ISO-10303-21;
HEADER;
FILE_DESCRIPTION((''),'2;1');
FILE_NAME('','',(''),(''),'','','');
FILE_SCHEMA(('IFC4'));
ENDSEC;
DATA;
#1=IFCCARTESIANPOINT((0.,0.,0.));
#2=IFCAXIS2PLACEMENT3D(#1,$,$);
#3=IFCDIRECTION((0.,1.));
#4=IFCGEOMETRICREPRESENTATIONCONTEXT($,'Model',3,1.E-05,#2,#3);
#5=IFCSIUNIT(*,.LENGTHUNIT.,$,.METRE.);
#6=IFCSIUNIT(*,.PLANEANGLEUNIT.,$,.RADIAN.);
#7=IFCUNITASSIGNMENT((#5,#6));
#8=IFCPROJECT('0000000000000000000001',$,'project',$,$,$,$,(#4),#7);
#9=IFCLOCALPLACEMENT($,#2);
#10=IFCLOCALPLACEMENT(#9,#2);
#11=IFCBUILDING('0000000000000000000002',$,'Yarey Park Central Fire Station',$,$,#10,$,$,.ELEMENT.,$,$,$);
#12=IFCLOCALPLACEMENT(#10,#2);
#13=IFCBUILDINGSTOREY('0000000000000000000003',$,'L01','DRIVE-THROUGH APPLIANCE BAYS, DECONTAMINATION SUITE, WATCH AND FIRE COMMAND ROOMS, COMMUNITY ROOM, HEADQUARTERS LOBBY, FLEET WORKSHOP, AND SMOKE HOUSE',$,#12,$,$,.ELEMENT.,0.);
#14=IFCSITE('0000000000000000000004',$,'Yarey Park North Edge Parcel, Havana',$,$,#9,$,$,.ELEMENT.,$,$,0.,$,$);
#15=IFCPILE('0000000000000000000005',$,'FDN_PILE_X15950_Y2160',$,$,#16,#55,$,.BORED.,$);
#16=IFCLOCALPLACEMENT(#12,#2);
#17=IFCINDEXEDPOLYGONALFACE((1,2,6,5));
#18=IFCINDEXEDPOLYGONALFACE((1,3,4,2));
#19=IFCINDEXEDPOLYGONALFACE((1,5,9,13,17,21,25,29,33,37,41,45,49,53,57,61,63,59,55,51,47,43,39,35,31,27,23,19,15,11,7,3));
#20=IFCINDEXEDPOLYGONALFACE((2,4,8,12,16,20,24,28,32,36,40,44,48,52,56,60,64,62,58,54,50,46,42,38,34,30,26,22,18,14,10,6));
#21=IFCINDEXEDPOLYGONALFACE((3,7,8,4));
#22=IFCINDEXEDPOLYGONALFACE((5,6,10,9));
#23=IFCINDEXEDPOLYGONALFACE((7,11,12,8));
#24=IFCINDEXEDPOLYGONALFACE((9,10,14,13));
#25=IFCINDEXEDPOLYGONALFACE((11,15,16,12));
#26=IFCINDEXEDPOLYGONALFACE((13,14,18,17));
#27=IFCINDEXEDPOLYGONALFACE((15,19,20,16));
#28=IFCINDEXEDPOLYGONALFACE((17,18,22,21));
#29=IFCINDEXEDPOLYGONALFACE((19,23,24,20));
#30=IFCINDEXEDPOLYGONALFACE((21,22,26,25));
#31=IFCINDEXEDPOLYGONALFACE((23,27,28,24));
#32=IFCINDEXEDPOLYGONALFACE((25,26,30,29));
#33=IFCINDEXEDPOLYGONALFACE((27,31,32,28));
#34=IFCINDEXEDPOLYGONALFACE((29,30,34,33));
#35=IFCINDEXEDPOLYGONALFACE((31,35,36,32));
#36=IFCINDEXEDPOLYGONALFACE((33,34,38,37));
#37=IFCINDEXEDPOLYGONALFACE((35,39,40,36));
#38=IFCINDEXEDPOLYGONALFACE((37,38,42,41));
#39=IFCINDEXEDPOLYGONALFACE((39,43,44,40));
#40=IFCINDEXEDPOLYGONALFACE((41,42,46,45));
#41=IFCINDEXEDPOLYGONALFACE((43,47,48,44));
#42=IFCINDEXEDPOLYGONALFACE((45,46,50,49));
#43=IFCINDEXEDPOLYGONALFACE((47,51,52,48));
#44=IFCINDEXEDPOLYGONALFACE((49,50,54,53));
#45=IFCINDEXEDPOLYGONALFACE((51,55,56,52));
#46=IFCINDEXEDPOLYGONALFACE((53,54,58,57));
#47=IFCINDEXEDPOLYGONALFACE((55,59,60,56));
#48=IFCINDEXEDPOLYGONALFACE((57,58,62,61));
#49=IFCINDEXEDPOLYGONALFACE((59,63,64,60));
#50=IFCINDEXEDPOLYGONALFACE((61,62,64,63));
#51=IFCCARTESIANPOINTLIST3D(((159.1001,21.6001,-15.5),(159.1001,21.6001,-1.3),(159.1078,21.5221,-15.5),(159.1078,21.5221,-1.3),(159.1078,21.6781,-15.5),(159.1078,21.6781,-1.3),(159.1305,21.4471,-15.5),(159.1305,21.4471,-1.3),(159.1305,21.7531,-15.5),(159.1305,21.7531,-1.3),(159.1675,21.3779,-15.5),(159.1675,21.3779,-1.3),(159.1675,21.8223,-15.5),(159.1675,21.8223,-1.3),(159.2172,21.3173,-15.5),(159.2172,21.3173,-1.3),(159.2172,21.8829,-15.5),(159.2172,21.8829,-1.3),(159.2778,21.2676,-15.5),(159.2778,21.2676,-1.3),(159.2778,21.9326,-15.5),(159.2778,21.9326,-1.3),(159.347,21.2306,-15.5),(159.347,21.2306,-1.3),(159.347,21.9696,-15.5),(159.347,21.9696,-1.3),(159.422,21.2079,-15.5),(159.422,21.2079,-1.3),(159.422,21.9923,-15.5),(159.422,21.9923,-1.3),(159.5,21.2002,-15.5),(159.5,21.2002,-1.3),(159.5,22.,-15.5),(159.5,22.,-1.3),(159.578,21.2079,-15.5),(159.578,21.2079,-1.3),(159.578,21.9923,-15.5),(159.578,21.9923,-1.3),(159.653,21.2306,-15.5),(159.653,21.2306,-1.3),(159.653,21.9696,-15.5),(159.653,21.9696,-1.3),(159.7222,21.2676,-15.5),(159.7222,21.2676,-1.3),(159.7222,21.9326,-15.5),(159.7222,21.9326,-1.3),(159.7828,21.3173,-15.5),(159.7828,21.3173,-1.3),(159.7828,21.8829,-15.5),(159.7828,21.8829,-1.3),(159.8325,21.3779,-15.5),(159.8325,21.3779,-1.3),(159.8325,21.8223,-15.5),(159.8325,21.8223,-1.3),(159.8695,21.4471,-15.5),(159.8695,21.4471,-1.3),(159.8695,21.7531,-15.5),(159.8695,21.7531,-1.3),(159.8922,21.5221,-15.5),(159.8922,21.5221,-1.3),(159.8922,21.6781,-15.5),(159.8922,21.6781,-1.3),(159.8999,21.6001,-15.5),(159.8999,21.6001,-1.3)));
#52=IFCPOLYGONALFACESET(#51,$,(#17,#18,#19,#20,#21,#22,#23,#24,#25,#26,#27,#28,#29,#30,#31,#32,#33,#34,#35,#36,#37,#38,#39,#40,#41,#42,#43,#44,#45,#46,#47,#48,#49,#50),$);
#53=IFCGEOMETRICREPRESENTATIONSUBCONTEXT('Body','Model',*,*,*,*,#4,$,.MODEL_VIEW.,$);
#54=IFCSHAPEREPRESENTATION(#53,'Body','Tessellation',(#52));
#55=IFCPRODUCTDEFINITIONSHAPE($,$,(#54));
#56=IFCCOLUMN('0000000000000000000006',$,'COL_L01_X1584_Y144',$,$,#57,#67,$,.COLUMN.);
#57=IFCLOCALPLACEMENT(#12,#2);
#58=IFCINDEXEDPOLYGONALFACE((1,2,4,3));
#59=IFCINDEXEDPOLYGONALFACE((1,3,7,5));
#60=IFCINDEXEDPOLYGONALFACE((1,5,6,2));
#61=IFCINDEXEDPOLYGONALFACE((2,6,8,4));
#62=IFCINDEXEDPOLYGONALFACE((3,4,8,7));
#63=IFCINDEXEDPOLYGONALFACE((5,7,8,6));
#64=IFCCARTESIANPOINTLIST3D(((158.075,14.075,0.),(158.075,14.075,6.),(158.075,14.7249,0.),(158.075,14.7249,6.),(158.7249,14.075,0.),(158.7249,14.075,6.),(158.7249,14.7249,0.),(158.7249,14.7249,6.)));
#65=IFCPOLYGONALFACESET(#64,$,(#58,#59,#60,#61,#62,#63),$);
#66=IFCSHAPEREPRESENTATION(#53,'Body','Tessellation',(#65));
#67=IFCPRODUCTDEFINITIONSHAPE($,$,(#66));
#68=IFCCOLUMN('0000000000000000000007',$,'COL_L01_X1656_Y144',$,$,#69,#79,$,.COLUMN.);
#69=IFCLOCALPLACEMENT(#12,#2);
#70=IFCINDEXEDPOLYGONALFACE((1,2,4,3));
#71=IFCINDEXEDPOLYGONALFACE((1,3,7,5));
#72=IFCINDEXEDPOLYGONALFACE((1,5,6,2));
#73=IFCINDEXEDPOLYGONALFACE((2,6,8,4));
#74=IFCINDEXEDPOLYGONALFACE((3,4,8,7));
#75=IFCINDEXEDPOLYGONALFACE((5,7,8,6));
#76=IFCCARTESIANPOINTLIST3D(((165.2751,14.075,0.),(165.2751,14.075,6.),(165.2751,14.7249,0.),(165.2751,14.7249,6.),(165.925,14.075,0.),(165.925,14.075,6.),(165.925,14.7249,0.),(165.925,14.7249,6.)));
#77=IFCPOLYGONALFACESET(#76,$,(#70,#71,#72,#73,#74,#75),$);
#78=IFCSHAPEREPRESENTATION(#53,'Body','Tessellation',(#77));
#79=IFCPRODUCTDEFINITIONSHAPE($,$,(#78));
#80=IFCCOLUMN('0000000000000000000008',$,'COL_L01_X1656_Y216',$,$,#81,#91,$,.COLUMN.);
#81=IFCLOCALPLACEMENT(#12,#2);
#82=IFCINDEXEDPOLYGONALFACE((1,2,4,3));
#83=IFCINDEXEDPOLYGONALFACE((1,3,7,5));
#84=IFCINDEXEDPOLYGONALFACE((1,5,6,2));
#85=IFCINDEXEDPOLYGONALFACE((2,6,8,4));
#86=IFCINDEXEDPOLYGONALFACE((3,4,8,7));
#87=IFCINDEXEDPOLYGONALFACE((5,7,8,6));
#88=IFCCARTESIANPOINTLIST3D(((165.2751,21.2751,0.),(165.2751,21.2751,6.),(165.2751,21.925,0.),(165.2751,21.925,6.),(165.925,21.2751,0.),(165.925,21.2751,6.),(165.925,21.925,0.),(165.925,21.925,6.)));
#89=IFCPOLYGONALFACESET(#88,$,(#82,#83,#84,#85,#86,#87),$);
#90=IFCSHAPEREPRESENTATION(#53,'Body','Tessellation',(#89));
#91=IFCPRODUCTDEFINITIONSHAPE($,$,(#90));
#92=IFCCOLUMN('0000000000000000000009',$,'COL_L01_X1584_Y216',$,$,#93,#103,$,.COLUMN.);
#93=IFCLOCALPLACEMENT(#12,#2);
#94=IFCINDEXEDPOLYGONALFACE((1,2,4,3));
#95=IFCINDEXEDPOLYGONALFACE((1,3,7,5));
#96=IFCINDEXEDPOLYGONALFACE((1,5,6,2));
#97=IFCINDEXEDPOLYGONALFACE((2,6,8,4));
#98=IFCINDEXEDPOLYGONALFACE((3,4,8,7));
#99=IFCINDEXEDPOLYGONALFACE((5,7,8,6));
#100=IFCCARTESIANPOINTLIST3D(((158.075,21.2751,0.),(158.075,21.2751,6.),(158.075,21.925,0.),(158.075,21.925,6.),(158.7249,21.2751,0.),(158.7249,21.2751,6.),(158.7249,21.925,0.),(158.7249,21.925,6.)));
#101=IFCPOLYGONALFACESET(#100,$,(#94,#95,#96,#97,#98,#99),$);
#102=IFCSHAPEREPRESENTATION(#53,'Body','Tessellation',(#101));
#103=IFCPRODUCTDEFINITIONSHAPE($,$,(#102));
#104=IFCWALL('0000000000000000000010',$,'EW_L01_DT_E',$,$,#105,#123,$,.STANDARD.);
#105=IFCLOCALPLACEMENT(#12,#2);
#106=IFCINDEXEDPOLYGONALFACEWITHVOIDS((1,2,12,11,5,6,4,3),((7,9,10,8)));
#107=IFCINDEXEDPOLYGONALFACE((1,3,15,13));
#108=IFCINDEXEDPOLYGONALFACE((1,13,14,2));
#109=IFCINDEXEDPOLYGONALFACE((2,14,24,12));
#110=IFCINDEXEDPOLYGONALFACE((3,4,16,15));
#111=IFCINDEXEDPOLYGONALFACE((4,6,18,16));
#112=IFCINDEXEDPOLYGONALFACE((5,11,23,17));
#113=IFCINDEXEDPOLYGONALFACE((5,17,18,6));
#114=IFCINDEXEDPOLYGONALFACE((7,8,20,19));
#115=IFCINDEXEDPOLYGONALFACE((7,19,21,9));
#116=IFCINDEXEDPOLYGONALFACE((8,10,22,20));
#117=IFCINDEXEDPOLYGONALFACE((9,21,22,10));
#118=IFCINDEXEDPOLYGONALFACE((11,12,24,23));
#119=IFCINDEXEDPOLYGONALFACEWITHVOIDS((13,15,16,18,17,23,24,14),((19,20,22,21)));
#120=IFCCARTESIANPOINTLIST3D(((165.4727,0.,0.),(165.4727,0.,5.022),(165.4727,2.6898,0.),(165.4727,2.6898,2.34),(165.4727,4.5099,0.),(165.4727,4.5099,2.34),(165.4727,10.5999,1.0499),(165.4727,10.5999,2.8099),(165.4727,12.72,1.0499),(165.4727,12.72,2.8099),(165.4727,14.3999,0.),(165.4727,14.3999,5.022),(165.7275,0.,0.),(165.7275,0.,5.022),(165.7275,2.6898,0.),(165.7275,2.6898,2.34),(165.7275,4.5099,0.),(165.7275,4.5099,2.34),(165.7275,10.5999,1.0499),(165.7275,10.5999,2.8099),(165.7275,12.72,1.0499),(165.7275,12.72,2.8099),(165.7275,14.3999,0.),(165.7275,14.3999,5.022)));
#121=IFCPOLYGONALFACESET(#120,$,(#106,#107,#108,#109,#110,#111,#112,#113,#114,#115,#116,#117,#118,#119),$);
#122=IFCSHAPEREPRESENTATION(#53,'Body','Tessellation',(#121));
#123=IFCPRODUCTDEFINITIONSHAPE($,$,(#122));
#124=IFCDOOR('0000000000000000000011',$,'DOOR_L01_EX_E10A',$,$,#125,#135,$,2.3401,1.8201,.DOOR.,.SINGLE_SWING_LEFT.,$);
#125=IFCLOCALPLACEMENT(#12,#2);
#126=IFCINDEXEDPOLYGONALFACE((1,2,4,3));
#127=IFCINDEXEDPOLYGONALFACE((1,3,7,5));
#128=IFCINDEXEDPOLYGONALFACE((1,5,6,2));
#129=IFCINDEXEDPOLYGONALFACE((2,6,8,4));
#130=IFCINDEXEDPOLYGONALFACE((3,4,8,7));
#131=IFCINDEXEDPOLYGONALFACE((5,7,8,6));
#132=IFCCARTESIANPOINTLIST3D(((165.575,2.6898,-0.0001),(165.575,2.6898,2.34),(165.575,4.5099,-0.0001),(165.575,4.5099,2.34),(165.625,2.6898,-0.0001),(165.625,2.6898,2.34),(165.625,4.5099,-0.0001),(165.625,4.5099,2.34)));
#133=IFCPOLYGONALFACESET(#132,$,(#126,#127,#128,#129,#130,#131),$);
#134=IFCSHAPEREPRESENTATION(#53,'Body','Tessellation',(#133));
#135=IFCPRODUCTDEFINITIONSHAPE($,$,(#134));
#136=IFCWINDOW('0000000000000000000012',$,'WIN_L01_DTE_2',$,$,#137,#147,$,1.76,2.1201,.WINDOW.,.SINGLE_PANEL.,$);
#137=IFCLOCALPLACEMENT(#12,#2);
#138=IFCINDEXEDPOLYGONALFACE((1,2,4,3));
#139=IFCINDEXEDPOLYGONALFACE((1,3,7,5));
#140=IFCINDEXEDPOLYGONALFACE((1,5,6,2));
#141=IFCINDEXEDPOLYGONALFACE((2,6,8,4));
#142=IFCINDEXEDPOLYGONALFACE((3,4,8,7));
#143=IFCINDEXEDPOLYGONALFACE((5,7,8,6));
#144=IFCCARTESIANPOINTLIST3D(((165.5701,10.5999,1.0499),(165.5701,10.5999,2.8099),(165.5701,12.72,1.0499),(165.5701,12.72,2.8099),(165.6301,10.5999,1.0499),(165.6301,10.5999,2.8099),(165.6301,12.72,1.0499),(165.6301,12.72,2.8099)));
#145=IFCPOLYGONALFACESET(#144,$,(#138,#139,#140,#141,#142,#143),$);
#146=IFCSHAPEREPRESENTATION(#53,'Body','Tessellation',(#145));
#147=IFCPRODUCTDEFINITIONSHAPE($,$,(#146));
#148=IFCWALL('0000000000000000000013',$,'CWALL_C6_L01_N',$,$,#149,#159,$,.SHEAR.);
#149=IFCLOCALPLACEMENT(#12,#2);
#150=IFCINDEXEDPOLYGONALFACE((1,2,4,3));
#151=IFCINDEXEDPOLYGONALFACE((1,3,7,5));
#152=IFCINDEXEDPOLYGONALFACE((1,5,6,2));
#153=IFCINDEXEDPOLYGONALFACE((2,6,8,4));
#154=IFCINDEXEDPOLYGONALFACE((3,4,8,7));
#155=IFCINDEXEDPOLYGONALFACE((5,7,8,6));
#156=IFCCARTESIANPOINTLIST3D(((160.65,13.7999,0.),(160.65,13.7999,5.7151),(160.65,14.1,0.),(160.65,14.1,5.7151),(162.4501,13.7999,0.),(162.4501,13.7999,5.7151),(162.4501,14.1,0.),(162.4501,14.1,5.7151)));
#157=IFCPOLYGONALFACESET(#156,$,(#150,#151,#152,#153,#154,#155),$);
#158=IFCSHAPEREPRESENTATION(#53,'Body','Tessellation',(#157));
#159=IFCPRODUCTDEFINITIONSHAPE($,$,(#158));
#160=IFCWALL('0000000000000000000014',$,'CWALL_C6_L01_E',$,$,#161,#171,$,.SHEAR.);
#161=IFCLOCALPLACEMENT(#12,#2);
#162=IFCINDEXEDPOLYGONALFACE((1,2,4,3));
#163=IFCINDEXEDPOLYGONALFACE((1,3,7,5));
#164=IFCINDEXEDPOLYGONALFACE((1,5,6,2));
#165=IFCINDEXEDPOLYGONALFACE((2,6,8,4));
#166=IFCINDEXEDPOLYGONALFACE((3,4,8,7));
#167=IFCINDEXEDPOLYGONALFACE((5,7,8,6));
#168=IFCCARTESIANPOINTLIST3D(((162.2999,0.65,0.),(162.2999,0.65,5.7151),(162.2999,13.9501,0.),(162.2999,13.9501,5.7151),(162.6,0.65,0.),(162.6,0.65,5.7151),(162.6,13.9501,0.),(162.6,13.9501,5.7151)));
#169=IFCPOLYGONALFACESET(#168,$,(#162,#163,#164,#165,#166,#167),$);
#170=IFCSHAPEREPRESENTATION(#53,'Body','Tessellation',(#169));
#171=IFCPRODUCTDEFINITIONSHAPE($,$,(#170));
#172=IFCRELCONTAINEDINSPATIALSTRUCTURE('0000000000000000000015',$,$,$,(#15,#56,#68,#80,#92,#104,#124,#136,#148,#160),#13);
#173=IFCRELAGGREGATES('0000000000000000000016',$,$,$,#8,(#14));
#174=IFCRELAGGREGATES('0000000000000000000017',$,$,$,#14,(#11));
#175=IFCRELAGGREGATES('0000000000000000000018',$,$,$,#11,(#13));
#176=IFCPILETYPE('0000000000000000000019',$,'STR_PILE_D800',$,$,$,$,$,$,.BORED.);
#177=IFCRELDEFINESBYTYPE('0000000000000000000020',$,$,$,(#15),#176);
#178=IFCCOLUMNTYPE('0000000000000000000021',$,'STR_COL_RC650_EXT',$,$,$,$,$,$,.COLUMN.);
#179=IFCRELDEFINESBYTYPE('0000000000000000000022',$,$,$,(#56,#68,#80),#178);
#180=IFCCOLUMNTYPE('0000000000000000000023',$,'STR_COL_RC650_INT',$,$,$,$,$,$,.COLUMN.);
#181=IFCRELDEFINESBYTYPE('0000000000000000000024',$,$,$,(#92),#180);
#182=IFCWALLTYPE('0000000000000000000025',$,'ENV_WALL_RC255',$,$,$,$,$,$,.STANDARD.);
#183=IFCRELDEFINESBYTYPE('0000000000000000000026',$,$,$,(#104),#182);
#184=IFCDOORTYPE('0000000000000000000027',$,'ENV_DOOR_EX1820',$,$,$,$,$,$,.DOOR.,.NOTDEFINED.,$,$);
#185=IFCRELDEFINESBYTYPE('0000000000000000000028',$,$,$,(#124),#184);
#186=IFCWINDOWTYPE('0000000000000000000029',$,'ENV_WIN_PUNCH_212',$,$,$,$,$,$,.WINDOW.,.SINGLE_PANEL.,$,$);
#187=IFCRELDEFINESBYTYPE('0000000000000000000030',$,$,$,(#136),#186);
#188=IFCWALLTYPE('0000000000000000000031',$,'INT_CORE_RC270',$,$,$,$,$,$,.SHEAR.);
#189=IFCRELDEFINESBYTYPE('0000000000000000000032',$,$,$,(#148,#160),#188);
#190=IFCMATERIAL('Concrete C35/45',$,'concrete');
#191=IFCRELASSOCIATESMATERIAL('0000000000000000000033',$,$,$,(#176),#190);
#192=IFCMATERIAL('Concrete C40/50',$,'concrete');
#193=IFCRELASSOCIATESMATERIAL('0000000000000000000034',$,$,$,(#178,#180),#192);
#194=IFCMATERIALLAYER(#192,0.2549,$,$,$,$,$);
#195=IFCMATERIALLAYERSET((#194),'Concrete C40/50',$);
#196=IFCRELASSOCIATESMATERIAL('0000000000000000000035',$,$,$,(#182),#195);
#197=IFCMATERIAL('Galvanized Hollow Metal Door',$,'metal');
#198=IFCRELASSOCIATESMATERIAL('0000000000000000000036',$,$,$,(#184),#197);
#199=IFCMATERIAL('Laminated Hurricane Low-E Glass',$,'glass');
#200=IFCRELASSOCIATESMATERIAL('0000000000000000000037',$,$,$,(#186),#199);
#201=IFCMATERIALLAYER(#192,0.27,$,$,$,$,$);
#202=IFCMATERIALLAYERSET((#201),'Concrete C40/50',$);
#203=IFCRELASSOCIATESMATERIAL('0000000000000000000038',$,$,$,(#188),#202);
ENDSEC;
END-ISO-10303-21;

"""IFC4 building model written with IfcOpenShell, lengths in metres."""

from ifc_helpers import new_model, si_unit, direction, frame, frame_2d, origin, origin_2d, place, context, subcontext, project, spatial, rectangle, circle, extrude, material, layer, layer_set, material_profile, profile_set, type_object, element, fill, save


model = new_model("IFC4")

# Units and contexts
model_context = context("Model", 3, precision=1e-05, world=origin(), true_north=direction((0.0, 1.0)))
body_context = subcontext(model_context, "Body", "Model", "MODEL_VIEW")
ifc_project = project(units=[si_unit("LENGTHUNIT", "METRE"), si_unit("PLANEANGLEUNIT", "RADIAN")], contexts=[model_context])

# Site, building, storey
site_placement = place(None, origin())
site = spatial("IfcSite", under=ifc_project, at=site_placement, Name="Yarey Park North Edge Parcel, Havana", CompositionType="ELEMENT", RefElevation=0.0)
building_placement = place(site_placement, origin())
building = spatial("IfcBuilding", under=site, at=building_placement, Name="Yarey Park Central Fire Station", CompositionType="ELEMENT")
storey_placement = place(building_placement, origin())
storey = spatial("IfcBuildingStorey", under=building, at=storey_placement, Name="L01", Description="DRIVE-THROUGH APPLIANCE BAYS, DECONTAMINATION SUITE, WATCH AND FIRE COMMAND ROOMS, COMMUNITY ROOM, HEADQUARTERS LOBBY, FLEET WORKSHOP, AND SMOKE HOUSE", CompositionType="ELEMENT", Elevation=0.0)

# Shared definitions
ifc_material_1 = material(Name="Concrete C35/45", Category="concrete")

# Pile
ifc_material_profile_1 = material_profile(ifc_material_1, circle(Radius=0.3999, at=origin_2d()), Name="BORED PILE D800")
ifc_profile_set_1 = profile_set([ifc_material_profile_1], Name="Concrete C35/45")
pile_type_1 = type_object("IfcPileType", Name="STR_PILE_D800", PredefinedType="BORED", material=ifc_profile_set_1)
for number, where, z_axis, x_axis, name in (
    (1, (159.5, 21.6001, -1.3), (0.0, 0.0, -1.0), (1.0, 0.0, 0.0), "FDN_PILE_X15950_Y2160"),
):
    element("IfcPile", number, at=place(storey_placement, frame(where, z_axis=z_axis, x_axis=x_axis)), inside=storey, type_object=pile_type_1, Name=name, PredefinedType="BORED", context=body_context, shape_type="SweptSolid", body=[
        extrude(circle(Radius=0.3999, at=origin_2d()), origin(), (0.0, 0.0, 1.0), 14.2),
    ])

# Columns
ifc_material_2 = material(Name="Concrete C40/50", Category="concrete")
ifc_material_profile_2 = material_profile(ifc_material_2, rectangle(XDim=0.6499, YDim=0.6499, at=origin_2d()), Name="RC 650x650")
ifc_profile_set_2 = profile_set([ifc_material_profile_2], Name="Concrete C40/50")
column_type_1 = type_object("IfcColumnType", Name="STR_COL_RC650_EXT", PredefinedType="COLUMN", material=ifc_profile_set_2)
for number, where, z_axis, x_axis, name in (
    (2, (158.3999, 14.3999, 0.0), (0.0, 0.0, 1.0), (1.0, 0.0, 0.0), "COL_L01_X1584_Y144"),
    (3, (165.6001, 14.3999, 0.0), (0.0, 0.0, 1.0), (1.0, 0.0, 0.0), "COL_L01_X1656_Y144"),
    (4, (165.6001, 21.6001, 0.0), (0.0, 0.0, 1.0), (1.0, 0.0, 0.0), "COL_L01_X1656_Y216"),
):
    element("IfcColumn", number, at=place(storey_placement, frame(where, z_axis=z_axis, x_axis=x_axis)), inside=storey, type_object=column_type_1, Name=name, PredefinedType="COLUMN", context=body_context, shape_type="SweptSolid", body=[
        extrude(rectangle(XDim=0.6499, YDim=0.6499, at=origin_2d()), origin(), (0.0, 0.0, 1.0), 6.0),
    ])
ifc_material_profile_3 = material_profile(ifc_material_2, rectangle(XDim=0.6499, YDim=0.6499, at=origin_2d()), Name="RC 650x650")
ifc_profile_set_3 = profile_set([ifc_material_profile_3], Name="Concrete C40/50")
column_type_2 = type_object("IfcColumnType", Name="STR_COL_RC650_INT", PredefinedType="COLUMN", material=ifc_profile_set_3)
column_placement = place(storey_placement, frame((158.3999, 21.6001, 0.0), z_axis=(0.0, 0.0, 1.0), x_axis=(1.0, 0.0, 0.0)))
element("IfcColumn", 5, at=column_placement, inside=storey, type_object=column_type_2, Name="COL_L01_X1584_Y216", PredefinedType="COLUMN", context=body_context, shape_type="SweptSolid", body=[
    extrude(rectangle(XDim=0.6499, YDim=0.6499, at=origin_2d()), origin(), (0.0, 0.0, 1.0), 6.0),
])

# Wall, openings, door, window
ifc_layer_1 = layer(ifc_material_2, 0.2549)
ifc_layer_set_1 = layer_set([ifc_layer_1], Name="Concrete C40/50")
wall_type_1 = type_object("IfcWallType", Name="ENV_WALL_RC255", PredefinedType="STANDARD", material=ifc_layer_set_1)
wall_1_placement = place(storey_placement, frame((165.6001, 14.3999, 0.0), z_axis=(0.0, 0.0, 1.0), x_axis=(0.0, -1.0, 0.0)))
wall_1 = element("IfcWall", 6, at=wall_1_placement, inside=storey, type_object=wall_type_1, Name="EW_L01_DT_E", PredefinedType="STANDARD", context=body_context, shape_type="SweptSolid", body=[
    extrude(rectangle(XDim=14.3999, YDim=0.2549, at=frame_2d((7.2, 0.0))), origin(), (0.0, 0.0, 1.0), 5.022),
])
opening_1_placement = place(wall_1_placement, frame((9.8899, 0.0, 0.0)))
opening_1 = element("IfcOpeningElement", 7, at=opening_1_placement, cuts=wall_1, PredefinedType="OPENING", context=body_context, shape_type="SweptSolid", body=[
    extrude(rectangle(XDim=1.8201, YDim=2.3401, at=frame_2d((0.9102, 1.1699))), frame((0.0, 0.1375, 0.0), z_axis=(0.0, -1.0, 0.0), x_axis=(1.0, 0.0, 0.0)), (0.0, 0.0, 1.0), 0.2749),
])
opening_2_placement = place(wall_1_placement, frame((1.6799, 0.0, 1.05)))
opening_2 = element("IfcOpeningElement", 8, at=opening_2_placement, cuts=wall_1, PredefinedType="OPENING", context=body_context, shape_type="SweptSolid", body=[
    extrude(rectangle(XDim=2.1201, YDim=1.76, at=frame_2d((1.0601, 0.8799))), frame((0.0, 0.1375, 0.0), z_axis=(0.0, -1.0, 0.0), x_axis=(1.0, 0.0, 0.0)), (0.0, 0.0, 1.0), 0.2749),
])
ifc_material_3 = material(Name="Galvanized Hollow Metal Door", Category="metal")
door_type_1 = type_object("IfcDoorType", Name="ENV_DOOR_EX1820", OperationType="NOTDEFINED", PredefinedType="DOOR", material=ifc_material_3)
door_1_placement = place(opening_1_placement, origin())
door_1 = element("IfcDoor", 9, at=door_1_placement, inside=storey, type_object=door_type_1, Name="DOOR_L01_EX_E10A", OperationType="SINGLE_SWING_LEFT", OverallHeight=2.3401, OverallWidth=1.8201, PredefinedType="DOOR", context=body_context, shape_type="SweptSolid", body=[
    extrude(rectangle(XDim=1.8201, YDim=2.3401, at=frame_2d((0.9102, 1.1699))), frame((0.0, 0.0249, 0.0), z_axis=(0.0, -1.0, 0.0), x_axis=(1.0, 0.0, 0.0)), (0.0, 0.0, 1.0), 0.05),
])
fill(opening_1, door_1)
ifc_material_4 = material(Name="Laminated Hurricane Low-E Glass", Category="glass")
window_type = type_object("IfcWindowType", Name="ENV_WIN_PUNCH_212", PartitioningType="SINGLE_PANEL", PredefinedType="WINDOW", material=ifc_material_4)
window_placement = place(opening_2_placement, origin())
window = element("IfcWindow", 10, at=window_placement, inside=storey, type_object=window_type, Name="WIN_L01_DTE_2", OverallHeight=1.76, OverallWidth=2.1201, PartitioningType="SINGLE_PANEL", PredefinedType="WINDOW", context=body_context, shape_type="SweptSolid", body=[
    extrude(rectangle(XDim=2.1201, YDim=1.76, at=frame_2d((1.0601, 0.8799))), frame((0.0, 0.03, 0.0), z_axis=(0.0, -1.0, 0.0), x_axis=(1.0, 0.0, 0.0)), (0.0, 0.0, 1.0), 0.0601),
])
fill(opening_2, window)

# Walls
ifc_layer_2 = layer(ifc_material_2, 0.27)
ifc_layer_set_2 = layer_set([ifc_layer_2], Name="Concrete C40/50")
wall_type_2 = type_object("IfcWallType", Name="INT_CORE_RC270", PredefinedType="SHEAR", material=ifc_layer_set_2)
wall_2_placement = place(storey_placement, frame((162.45, 13.95, 0.0), z_axis=(0.0, 0.0, 1.0), x_axis=(-1.0, 0.0, 0.0)))
element("IfcWall", 11, at=wall_2_placement, inside=storey, type_object=wall_type_2, Name="CWALL_C6_L01_N", PredefinedType="SHEAR", context=body_context, shape_type="SweptSolid", body=[
    extrude(rectangle(XDim=1.8, YDim=0.3, at=frame_2d((0.8999, 0.0))), origin(), (0.0, 0.0, 1.0), 5.7151),
])
wall_3_placement = place(storey_placement, frame((162.45, 13.95, 0.0), z_axis=(0.0, 0.0, 1.0), x_axis=(0.0, -1.0, 0.0)))
element("IfcWall", 12, at=wall_3_placement, inside=storey, type_object=wall_type_2, Name="CWALL_C6_L01_E", PredefinedType="SHEAR", context=body_context, shape_type="SweptSolid", body=[
    extrude(rectangle(XDim=13.3, YDim=0.3, at=frame_2d((6.6499, 0.0))), origin(), (0.0, 0.0, 1.0), 5.7151),
])

save(model, "model.ifc")
